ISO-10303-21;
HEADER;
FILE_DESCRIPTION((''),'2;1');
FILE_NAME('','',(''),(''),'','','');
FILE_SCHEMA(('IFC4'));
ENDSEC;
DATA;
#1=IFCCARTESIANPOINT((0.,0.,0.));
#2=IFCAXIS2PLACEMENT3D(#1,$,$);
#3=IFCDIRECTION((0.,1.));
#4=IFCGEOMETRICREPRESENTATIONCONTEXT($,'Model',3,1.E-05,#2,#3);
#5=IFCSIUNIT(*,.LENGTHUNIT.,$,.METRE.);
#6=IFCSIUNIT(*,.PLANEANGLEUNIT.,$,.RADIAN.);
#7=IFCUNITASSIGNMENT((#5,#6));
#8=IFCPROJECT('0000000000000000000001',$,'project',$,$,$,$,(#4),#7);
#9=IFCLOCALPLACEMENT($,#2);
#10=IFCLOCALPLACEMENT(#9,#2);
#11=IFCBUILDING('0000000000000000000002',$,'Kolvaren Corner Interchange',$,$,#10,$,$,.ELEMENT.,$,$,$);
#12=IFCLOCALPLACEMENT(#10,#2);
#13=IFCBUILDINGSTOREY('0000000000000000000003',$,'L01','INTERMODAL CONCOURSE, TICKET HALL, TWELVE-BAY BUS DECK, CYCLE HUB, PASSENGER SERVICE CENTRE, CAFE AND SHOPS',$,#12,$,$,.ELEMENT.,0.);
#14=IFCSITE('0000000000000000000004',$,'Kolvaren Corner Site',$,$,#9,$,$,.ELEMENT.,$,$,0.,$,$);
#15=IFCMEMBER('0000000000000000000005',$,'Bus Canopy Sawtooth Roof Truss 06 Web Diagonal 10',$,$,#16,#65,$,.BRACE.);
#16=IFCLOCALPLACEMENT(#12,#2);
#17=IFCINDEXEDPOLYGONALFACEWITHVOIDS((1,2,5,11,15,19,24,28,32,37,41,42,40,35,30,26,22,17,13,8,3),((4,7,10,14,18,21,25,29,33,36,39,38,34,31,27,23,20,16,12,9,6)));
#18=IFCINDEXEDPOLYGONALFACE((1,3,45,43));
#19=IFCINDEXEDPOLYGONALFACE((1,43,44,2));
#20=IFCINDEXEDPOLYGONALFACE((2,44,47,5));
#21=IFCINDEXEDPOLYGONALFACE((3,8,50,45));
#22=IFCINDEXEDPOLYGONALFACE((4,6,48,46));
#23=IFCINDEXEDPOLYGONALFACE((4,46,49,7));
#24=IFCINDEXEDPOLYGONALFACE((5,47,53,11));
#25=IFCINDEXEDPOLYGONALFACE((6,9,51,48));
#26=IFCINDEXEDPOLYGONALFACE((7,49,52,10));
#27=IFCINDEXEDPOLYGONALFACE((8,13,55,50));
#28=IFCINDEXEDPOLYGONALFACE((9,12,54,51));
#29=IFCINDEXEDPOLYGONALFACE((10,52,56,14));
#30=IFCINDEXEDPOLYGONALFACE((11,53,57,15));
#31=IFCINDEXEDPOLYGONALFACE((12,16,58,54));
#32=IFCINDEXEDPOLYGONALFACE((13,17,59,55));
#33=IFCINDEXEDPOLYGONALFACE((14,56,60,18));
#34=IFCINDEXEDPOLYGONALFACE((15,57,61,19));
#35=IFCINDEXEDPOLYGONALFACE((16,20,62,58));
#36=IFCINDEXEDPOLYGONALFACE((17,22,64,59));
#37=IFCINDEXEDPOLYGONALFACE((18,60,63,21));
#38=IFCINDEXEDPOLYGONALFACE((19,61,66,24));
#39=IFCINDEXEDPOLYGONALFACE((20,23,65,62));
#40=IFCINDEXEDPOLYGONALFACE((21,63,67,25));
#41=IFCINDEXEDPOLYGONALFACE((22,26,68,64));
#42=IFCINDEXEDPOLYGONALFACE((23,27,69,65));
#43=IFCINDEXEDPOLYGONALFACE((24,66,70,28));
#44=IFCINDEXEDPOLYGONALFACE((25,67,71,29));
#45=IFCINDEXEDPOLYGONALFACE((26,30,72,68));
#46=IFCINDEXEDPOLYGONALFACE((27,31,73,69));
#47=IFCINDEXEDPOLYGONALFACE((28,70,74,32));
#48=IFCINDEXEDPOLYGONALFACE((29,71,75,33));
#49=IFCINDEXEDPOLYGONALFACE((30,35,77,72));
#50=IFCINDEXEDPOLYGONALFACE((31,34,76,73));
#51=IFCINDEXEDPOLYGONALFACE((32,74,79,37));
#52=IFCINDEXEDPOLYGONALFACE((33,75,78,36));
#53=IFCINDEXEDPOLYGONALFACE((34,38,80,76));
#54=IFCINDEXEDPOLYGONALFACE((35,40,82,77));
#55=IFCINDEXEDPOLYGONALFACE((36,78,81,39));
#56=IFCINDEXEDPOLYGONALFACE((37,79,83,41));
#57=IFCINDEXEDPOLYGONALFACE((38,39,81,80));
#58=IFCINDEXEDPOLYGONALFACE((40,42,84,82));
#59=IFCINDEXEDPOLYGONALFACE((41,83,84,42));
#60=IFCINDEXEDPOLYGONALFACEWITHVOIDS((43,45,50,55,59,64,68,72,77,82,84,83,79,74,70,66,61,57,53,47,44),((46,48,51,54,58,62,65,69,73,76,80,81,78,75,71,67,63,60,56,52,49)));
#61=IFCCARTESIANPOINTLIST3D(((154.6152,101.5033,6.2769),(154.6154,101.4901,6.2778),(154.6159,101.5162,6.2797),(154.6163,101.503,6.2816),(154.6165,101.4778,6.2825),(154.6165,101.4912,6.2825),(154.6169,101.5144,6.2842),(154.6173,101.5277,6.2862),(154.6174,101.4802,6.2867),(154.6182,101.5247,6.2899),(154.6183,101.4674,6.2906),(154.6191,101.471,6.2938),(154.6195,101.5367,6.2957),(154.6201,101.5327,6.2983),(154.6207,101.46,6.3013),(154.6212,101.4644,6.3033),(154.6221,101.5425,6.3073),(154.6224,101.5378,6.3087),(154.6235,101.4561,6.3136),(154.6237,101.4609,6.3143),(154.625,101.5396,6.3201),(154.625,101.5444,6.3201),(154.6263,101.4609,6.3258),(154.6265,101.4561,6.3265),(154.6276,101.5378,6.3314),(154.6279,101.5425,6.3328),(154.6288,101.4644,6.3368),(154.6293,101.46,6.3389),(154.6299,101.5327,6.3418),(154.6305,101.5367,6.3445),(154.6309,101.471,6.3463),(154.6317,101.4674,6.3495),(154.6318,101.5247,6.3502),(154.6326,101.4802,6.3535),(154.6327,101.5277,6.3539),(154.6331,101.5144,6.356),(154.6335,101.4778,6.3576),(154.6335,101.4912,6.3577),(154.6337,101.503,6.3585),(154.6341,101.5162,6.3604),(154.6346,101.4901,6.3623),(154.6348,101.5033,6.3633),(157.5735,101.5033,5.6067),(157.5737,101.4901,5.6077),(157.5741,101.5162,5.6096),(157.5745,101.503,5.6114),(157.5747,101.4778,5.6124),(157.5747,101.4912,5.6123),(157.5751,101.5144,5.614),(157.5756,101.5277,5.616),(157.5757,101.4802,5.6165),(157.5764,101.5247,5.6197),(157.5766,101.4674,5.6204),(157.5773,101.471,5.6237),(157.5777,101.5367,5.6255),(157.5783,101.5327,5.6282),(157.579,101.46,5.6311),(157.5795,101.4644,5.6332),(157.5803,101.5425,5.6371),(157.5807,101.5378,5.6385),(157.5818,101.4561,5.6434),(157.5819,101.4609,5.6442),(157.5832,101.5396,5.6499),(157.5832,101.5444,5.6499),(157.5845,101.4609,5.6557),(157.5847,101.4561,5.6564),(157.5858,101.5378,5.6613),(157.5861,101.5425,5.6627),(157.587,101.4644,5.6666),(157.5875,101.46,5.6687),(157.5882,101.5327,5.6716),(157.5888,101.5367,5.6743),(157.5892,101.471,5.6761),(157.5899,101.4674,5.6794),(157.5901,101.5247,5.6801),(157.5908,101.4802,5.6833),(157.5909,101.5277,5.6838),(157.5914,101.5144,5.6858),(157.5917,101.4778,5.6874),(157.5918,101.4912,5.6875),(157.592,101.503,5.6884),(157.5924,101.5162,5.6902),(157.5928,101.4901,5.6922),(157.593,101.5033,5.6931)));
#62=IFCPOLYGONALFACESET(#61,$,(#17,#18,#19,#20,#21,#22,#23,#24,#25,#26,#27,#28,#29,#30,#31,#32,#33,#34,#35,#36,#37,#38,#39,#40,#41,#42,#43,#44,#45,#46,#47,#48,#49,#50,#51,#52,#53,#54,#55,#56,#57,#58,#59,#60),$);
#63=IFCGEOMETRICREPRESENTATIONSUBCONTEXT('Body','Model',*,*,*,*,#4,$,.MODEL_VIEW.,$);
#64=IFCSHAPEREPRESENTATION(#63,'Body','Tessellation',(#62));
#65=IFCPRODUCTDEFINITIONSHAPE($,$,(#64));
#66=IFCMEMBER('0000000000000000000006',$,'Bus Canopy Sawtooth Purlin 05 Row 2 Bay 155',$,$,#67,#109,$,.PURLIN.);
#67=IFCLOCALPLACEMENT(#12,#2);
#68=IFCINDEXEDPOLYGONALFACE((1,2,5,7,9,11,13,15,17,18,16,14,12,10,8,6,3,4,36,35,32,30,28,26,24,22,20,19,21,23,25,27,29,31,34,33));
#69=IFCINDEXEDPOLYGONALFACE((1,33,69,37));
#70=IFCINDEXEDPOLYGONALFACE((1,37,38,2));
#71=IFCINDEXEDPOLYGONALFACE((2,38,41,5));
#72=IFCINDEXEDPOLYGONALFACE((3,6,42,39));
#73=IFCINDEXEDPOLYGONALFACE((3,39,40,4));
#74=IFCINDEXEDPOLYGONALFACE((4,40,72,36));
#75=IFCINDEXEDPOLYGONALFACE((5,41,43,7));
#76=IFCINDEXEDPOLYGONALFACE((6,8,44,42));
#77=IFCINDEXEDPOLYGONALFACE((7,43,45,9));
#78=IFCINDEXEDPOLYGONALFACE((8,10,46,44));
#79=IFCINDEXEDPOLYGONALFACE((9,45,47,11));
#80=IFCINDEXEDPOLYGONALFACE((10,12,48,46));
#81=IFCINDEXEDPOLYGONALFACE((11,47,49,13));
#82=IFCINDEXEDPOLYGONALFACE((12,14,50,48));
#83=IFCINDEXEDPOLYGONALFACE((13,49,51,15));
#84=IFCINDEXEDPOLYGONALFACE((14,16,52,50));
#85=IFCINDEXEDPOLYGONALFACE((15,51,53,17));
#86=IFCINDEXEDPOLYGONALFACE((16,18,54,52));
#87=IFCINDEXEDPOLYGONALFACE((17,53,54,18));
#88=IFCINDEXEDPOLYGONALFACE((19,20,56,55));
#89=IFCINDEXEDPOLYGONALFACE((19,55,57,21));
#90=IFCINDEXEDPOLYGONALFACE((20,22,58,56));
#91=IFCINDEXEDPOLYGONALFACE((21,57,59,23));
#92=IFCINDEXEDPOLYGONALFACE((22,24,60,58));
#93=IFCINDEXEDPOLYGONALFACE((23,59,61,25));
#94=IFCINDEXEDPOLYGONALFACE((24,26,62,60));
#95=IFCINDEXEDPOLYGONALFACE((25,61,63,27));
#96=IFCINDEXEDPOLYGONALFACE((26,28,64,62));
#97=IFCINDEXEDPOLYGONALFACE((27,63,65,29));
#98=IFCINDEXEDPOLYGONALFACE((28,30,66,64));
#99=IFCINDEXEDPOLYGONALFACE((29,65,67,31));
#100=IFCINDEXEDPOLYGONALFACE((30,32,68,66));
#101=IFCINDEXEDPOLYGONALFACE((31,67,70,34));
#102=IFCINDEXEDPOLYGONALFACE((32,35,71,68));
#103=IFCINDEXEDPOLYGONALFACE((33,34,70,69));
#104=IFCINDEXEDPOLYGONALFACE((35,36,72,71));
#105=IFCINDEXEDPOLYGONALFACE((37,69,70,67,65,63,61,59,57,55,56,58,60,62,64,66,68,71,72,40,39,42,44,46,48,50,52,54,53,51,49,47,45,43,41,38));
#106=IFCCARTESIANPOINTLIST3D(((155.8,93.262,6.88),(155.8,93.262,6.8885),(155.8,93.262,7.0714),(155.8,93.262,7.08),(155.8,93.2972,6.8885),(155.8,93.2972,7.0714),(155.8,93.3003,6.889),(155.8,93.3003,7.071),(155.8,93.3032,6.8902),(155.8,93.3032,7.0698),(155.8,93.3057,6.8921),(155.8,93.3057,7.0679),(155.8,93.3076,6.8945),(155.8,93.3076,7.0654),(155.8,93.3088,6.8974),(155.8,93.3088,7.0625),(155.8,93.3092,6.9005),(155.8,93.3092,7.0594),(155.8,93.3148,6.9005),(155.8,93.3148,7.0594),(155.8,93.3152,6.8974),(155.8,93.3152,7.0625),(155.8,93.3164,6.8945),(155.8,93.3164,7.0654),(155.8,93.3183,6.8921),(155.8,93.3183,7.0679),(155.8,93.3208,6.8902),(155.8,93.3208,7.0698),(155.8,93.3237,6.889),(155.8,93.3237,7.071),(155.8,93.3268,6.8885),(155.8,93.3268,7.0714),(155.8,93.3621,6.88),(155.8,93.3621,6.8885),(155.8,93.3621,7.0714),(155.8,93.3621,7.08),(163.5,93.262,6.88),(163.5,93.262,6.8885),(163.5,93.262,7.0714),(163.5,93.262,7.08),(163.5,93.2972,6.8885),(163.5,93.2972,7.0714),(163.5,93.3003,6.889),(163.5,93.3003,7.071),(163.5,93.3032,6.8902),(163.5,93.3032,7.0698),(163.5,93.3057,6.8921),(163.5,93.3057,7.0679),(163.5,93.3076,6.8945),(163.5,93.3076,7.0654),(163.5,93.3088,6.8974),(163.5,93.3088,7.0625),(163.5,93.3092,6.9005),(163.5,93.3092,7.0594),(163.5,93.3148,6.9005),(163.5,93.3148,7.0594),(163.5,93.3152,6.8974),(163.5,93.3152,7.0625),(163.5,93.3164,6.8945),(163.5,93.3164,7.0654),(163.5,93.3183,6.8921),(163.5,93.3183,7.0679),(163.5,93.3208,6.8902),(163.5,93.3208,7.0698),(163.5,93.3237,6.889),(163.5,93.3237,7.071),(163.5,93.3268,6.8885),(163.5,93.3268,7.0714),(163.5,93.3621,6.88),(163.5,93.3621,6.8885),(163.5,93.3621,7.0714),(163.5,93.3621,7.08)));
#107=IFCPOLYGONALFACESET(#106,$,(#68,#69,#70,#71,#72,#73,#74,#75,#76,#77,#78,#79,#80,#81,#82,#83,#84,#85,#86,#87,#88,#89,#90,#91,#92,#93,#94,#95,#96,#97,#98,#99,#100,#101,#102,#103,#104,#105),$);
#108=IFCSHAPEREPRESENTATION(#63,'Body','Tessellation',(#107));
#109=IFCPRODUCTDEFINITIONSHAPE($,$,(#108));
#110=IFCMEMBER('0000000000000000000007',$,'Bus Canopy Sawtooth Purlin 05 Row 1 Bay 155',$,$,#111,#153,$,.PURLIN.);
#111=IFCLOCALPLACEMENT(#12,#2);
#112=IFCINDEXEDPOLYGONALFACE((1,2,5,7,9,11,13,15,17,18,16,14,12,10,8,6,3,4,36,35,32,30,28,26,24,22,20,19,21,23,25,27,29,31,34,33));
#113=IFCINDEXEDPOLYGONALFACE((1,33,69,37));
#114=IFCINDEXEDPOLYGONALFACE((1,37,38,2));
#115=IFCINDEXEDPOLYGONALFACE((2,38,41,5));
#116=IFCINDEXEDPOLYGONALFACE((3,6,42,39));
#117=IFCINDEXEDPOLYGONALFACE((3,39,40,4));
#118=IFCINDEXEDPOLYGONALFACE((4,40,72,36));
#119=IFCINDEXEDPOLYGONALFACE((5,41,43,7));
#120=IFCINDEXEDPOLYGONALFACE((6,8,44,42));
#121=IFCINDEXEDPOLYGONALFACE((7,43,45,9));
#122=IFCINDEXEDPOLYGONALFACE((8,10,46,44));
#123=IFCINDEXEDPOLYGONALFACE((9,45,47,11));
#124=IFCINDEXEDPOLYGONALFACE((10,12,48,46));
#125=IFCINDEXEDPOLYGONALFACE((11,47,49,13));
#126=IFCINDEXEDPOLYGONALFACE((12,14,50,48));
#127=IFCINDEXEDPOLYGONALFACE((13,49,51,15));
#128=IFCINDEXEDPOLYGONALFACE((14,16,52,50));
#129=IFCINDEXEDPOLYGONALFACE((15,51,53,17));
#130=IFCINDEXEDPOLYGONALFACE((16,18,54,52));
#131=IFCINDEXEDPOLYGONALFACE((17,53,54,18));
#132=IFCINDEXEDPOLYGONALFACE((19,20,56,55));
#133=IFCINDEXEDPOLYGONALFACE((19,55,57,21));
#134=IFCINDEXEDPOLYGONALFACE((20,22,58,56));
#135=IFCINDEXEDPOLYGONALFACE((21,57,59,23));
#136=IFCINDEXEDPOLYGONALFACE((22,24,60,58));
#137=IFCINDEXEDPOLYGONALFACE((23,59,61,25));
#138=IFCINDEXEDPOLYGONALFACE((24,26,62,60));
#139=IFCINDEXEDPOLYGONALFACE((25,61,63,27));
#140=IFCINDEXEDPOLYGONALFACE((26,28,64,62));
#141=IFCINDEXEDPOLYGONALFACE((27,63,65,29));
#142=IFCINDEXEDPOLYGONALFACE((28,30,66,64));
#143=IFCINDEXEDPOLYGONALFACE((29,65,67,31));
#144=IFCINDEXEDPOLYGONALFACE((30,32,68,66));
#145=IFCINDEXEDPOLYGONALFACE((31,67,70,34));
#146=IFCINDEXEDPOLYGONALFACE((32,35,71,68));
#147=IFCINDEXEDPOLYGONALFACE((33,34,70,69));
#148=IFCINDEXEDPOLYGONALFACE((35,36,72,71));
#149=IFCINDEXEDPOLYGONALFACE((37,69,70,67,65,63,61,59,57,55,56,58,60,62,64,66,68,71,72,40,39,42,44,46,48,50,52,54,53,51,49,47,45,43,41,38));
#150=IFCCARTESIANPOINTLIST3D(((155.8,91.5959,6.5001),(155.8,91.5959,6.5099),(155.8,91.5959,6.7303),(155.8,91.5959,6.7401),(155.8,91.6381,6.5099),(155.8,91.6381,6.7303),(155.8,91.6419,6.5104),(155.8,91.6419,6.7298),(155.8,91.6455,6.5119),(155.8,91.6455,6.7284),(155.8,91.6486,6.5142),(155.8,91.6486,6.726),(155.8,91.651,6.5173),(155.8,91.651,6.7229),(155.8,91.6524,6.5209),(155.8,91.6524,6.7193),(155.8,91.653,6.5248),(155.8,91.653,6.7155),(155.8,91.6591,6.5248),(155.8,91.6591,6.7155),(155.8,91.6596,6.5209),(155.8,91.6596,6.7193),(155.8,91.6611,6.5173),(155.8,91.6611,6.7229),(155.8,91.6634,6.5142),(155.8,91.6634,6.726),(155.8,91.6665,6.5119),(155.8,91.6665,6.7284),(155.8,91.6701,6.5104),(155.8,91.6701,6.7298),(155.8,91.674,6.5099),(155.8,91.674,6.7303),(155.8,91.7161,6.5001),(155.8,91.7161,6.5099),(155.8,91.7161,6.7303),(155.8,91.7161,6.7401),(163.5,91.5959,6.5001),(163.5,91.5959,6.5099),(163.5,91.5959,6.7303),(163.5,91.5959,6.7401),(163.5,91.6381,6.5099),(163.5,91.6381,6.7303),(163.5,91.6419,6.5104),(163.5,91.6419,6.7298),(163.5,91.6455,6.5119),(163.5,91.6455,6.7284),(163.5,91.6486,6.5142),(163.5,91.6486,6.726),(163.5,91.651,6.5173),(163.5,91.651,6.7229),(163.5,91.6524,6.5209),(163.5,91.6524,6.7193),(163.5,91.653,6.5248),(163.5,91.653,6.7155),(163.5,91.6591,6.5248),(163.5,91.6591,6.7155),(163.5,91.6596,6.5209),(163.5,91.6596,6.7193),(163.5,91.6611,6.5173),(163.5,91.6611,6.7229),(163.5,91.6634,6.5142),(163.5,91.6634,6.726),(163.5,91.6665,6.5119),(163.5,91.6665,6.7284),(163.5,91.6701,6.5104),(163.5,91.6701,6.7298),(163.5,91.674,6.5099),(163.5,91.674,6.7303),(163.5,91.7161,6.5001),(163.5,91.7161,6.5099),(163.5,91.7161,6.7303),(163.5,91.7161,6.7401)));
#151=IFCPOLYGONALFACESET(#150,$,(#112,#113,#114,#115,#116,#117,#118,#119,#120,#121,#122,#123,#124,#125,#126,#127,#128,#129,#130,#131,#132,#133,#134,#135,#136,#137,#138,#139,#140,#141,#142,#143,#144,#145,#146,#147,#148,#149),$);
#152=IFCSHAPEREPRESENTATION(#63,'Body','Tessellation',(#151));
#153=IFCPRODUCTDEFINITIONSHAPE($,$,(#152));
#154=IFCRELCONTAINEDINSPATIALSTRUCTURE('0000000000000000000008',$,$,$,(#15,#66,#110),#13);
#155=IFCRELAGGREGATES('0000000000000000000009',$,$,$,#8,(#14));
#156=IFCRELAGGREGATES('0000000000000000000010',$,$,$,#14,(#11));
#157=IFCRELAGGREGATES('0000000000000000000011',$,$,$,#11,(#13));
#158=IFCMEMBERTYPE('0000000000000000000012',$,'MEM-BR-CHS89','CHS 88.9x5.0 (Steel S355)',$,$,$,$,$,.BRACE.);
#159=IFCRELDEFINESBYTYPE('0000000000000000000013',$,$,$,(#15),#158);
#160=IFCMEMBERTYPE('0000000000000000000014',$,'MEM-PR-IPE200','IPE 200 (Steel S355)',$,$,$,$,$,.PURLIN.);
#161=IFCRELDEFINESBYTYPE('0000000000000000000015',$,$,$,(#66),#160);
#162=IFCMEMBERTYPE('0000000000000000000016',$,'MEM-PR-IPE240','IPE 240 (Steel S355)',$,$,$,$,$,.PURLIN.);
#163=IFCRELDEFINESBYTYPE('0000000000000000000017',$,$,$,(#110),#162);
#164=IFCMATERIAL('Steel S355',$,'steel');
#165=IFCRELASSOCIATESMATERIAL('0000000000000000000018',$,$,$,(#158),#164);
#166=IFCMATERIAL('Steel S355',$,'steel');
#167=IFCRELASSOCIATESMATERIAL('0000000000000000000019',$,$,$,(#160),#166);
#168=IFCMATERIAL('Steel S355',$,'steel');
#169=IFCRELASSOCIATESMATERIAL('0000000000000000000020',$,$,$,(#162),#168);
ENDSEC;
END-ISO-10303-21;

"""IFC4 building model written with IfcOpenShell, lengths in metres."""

from ifc_helpers import new_model, si_unit, direction, frame, origin, origin_2d, place, context, subcontext, project, spatial, hollow_circle, i_section, extrude, material, material_profile, profile_set, type_object, element, save


model = new_model("IFC4")

# Units and contexts
model_context = context("Model", 3, precision=1e-05, world=origin(), true_north=direction((0.0, 1.0)))
body_context = subcontext(model_context, "Body", "Model", "MODEL_VIEW")
ifc_project = project(units=[si_unit("LENGTHUNIT", "METRE"), si_unit("PLANEANGLEUNIT", "RADIAN")], contexts=[model_context])

# Site, building, storey
site_placement = place(None, origin())
site = spatial("IfcSite", under=ifc_project, at=site_placement, Name="Kolvaren Corner Site", CompositionType="ELEMENT", RefElevation=0.0)
building_placement = place(site_placement, origin())
building = spatial("IfcBuilding", under=site, at=building_placement, Name="Kolvaren Corner Interchange", CompositionType="ELEMENT")
storey_placement = place(building_placement, origin())
storey = spatial("IfcBuildingStorey", under=building, at=storey_placement, Name="L01", Description="INTERMODAL CONCOURSE, TICKET HALL, TWELVE-BAY BUS DECK, CYCLE HUB, PASSENGER SERVICE CENTRE, CAFE AND SHOPS", CompositionType="ELEMENT", Elevation=0.0)

# Members
ifc_material_1 = material(Name="Steel S355", Category="steel")
ifc_material_profile_1 = material_profile(ifc_material_1, hollow_circle(Radius=0.0444, WallThickness=0.0049, at=origin_2d()), Name="CHS 88.9x5.0")
ifc_profile_set_1 = profile_set([ifc_material_profile_1], Name="Steel S355")
member_type_1 = type_object("IfcMemberType", Name="MEM-BR-CHS89", Description="CHS 88.9x5.0 (Steel S355)", PredefinedType="BRACE", material=ifc_profile_set_1)
for number, where, z_axis, x_axis, name in (
    (1, (154.625, 101.5, 6.3201), (0.975287, 0.0, -0.220943), (0.0, 1.0, 0.0), "Bus Canopy Sawtooth Roof Truss 06 Web Diagonal 10"),
):
    element("IfcMember", number, at=place(storey_placement, frame(where, z_axis=z_axis, x_axis=x_axis)), inside=storey, type_object=member_type_1, Name=name, PredefinedType="BRACE", context=body_context, shape_type="SweptSolid", body=[
        extrude(hollow_circle(Radius=0.0444, WallThickness=0.0049, at=origin_2d()), origin(), (0.0, 0.0, 1.0), 3.0332),
    ])
ifc_material_2 = material(Name="Steel S355", Category="steel")
ifc_material_profile_2 = material_profile(ifc_material_2, i_section(OverallWidth=0.1001, OverallDepth=0.2, WebThickness=0.0056, FlangeThickness=0.0085, FilletRadius=0.012, at=origin_2d()), Name="IPE 200")
ifc_profile_set_2 = profile_set([ifc_material_profile_2], Name="Steel S355")
member_type_2 = type_object("IfcMemberType", Name="MEM-PR-IPE200", Description="IPE 200 (Steel S355)", PredefinedType="PURLIN", material=ifc_profile_set_2)
member_1_placement = place(storey_placement, frame((155.8, 93.312, 6.98), z_axis=(1.0, 0.0, 0.0), x_axis=(0.0, 1.0, 0.0)))
element("IfcMember", 2, at=member_1_placement, inside=storey, type_object=member_type_2, Name="Bus Canopy Sawtooth Purlin 05 Row 2 Bay 155", PredefinedType="PURLIN", context=body_context, shape_type="SweptSolid", body=[
    extrude(i_section(OverallWidth=0.1001, OverallDepth=0.2, WebThickness=0.0056, FlangeThickness=0.0085, FilletRadius=0.012, at=origin_2d()), origin(), (0.0, 0.0, 1.0), 7.7),
])
ifc_material_3 = material(Name="Steel S355", Category="steel")
ifc_material_profile_3 = material_profile(ifc_material_3, i_section(OverallWidth=0.1201, OverallDepth=0.24, WebThickness=0.0061, FlangeThickness=0.0098, FilletRadius=0.0149, at=origin_2d()), Name="IPE 240")
ifc_profile_set_3 = profile_set([ifc_material_profile_3], Name="Steel S355")
member_type_3 = type_object("IfcMemberType", Name="MEM-PR-IPE240", Description="IPE 240 (Steel S355)", PredefinedType="PURLIN", material=ifc_profile_set_3)
member_2_placement = place(storey_placement, frame((155.8, 91.656, 6.6201), z_axis=(1.0, 0.0, 0.0), x_axis=(0.0, 1.0, 0.0)))
element("IfcMember", 3, at=member_2_placement, inside=storey, type_object=member_type_3, Name="Bus Canopy Sawtooth Purlin 05 Row 1 Bay 155", PredefinedType="PURLIN", context=body_context, shape_type="SweptSolid", body=[
    extrude(i_section(OverallWidth=0.1201, OverallDepth=0.24, WebThickness=0.0061, FlangeThickness=0.0098, FilletRadius=0.0149, at=origin_2d()), origin(), (0.0, 0.0, 1.0), 7.7),
])

save(model, "model.ifc")
